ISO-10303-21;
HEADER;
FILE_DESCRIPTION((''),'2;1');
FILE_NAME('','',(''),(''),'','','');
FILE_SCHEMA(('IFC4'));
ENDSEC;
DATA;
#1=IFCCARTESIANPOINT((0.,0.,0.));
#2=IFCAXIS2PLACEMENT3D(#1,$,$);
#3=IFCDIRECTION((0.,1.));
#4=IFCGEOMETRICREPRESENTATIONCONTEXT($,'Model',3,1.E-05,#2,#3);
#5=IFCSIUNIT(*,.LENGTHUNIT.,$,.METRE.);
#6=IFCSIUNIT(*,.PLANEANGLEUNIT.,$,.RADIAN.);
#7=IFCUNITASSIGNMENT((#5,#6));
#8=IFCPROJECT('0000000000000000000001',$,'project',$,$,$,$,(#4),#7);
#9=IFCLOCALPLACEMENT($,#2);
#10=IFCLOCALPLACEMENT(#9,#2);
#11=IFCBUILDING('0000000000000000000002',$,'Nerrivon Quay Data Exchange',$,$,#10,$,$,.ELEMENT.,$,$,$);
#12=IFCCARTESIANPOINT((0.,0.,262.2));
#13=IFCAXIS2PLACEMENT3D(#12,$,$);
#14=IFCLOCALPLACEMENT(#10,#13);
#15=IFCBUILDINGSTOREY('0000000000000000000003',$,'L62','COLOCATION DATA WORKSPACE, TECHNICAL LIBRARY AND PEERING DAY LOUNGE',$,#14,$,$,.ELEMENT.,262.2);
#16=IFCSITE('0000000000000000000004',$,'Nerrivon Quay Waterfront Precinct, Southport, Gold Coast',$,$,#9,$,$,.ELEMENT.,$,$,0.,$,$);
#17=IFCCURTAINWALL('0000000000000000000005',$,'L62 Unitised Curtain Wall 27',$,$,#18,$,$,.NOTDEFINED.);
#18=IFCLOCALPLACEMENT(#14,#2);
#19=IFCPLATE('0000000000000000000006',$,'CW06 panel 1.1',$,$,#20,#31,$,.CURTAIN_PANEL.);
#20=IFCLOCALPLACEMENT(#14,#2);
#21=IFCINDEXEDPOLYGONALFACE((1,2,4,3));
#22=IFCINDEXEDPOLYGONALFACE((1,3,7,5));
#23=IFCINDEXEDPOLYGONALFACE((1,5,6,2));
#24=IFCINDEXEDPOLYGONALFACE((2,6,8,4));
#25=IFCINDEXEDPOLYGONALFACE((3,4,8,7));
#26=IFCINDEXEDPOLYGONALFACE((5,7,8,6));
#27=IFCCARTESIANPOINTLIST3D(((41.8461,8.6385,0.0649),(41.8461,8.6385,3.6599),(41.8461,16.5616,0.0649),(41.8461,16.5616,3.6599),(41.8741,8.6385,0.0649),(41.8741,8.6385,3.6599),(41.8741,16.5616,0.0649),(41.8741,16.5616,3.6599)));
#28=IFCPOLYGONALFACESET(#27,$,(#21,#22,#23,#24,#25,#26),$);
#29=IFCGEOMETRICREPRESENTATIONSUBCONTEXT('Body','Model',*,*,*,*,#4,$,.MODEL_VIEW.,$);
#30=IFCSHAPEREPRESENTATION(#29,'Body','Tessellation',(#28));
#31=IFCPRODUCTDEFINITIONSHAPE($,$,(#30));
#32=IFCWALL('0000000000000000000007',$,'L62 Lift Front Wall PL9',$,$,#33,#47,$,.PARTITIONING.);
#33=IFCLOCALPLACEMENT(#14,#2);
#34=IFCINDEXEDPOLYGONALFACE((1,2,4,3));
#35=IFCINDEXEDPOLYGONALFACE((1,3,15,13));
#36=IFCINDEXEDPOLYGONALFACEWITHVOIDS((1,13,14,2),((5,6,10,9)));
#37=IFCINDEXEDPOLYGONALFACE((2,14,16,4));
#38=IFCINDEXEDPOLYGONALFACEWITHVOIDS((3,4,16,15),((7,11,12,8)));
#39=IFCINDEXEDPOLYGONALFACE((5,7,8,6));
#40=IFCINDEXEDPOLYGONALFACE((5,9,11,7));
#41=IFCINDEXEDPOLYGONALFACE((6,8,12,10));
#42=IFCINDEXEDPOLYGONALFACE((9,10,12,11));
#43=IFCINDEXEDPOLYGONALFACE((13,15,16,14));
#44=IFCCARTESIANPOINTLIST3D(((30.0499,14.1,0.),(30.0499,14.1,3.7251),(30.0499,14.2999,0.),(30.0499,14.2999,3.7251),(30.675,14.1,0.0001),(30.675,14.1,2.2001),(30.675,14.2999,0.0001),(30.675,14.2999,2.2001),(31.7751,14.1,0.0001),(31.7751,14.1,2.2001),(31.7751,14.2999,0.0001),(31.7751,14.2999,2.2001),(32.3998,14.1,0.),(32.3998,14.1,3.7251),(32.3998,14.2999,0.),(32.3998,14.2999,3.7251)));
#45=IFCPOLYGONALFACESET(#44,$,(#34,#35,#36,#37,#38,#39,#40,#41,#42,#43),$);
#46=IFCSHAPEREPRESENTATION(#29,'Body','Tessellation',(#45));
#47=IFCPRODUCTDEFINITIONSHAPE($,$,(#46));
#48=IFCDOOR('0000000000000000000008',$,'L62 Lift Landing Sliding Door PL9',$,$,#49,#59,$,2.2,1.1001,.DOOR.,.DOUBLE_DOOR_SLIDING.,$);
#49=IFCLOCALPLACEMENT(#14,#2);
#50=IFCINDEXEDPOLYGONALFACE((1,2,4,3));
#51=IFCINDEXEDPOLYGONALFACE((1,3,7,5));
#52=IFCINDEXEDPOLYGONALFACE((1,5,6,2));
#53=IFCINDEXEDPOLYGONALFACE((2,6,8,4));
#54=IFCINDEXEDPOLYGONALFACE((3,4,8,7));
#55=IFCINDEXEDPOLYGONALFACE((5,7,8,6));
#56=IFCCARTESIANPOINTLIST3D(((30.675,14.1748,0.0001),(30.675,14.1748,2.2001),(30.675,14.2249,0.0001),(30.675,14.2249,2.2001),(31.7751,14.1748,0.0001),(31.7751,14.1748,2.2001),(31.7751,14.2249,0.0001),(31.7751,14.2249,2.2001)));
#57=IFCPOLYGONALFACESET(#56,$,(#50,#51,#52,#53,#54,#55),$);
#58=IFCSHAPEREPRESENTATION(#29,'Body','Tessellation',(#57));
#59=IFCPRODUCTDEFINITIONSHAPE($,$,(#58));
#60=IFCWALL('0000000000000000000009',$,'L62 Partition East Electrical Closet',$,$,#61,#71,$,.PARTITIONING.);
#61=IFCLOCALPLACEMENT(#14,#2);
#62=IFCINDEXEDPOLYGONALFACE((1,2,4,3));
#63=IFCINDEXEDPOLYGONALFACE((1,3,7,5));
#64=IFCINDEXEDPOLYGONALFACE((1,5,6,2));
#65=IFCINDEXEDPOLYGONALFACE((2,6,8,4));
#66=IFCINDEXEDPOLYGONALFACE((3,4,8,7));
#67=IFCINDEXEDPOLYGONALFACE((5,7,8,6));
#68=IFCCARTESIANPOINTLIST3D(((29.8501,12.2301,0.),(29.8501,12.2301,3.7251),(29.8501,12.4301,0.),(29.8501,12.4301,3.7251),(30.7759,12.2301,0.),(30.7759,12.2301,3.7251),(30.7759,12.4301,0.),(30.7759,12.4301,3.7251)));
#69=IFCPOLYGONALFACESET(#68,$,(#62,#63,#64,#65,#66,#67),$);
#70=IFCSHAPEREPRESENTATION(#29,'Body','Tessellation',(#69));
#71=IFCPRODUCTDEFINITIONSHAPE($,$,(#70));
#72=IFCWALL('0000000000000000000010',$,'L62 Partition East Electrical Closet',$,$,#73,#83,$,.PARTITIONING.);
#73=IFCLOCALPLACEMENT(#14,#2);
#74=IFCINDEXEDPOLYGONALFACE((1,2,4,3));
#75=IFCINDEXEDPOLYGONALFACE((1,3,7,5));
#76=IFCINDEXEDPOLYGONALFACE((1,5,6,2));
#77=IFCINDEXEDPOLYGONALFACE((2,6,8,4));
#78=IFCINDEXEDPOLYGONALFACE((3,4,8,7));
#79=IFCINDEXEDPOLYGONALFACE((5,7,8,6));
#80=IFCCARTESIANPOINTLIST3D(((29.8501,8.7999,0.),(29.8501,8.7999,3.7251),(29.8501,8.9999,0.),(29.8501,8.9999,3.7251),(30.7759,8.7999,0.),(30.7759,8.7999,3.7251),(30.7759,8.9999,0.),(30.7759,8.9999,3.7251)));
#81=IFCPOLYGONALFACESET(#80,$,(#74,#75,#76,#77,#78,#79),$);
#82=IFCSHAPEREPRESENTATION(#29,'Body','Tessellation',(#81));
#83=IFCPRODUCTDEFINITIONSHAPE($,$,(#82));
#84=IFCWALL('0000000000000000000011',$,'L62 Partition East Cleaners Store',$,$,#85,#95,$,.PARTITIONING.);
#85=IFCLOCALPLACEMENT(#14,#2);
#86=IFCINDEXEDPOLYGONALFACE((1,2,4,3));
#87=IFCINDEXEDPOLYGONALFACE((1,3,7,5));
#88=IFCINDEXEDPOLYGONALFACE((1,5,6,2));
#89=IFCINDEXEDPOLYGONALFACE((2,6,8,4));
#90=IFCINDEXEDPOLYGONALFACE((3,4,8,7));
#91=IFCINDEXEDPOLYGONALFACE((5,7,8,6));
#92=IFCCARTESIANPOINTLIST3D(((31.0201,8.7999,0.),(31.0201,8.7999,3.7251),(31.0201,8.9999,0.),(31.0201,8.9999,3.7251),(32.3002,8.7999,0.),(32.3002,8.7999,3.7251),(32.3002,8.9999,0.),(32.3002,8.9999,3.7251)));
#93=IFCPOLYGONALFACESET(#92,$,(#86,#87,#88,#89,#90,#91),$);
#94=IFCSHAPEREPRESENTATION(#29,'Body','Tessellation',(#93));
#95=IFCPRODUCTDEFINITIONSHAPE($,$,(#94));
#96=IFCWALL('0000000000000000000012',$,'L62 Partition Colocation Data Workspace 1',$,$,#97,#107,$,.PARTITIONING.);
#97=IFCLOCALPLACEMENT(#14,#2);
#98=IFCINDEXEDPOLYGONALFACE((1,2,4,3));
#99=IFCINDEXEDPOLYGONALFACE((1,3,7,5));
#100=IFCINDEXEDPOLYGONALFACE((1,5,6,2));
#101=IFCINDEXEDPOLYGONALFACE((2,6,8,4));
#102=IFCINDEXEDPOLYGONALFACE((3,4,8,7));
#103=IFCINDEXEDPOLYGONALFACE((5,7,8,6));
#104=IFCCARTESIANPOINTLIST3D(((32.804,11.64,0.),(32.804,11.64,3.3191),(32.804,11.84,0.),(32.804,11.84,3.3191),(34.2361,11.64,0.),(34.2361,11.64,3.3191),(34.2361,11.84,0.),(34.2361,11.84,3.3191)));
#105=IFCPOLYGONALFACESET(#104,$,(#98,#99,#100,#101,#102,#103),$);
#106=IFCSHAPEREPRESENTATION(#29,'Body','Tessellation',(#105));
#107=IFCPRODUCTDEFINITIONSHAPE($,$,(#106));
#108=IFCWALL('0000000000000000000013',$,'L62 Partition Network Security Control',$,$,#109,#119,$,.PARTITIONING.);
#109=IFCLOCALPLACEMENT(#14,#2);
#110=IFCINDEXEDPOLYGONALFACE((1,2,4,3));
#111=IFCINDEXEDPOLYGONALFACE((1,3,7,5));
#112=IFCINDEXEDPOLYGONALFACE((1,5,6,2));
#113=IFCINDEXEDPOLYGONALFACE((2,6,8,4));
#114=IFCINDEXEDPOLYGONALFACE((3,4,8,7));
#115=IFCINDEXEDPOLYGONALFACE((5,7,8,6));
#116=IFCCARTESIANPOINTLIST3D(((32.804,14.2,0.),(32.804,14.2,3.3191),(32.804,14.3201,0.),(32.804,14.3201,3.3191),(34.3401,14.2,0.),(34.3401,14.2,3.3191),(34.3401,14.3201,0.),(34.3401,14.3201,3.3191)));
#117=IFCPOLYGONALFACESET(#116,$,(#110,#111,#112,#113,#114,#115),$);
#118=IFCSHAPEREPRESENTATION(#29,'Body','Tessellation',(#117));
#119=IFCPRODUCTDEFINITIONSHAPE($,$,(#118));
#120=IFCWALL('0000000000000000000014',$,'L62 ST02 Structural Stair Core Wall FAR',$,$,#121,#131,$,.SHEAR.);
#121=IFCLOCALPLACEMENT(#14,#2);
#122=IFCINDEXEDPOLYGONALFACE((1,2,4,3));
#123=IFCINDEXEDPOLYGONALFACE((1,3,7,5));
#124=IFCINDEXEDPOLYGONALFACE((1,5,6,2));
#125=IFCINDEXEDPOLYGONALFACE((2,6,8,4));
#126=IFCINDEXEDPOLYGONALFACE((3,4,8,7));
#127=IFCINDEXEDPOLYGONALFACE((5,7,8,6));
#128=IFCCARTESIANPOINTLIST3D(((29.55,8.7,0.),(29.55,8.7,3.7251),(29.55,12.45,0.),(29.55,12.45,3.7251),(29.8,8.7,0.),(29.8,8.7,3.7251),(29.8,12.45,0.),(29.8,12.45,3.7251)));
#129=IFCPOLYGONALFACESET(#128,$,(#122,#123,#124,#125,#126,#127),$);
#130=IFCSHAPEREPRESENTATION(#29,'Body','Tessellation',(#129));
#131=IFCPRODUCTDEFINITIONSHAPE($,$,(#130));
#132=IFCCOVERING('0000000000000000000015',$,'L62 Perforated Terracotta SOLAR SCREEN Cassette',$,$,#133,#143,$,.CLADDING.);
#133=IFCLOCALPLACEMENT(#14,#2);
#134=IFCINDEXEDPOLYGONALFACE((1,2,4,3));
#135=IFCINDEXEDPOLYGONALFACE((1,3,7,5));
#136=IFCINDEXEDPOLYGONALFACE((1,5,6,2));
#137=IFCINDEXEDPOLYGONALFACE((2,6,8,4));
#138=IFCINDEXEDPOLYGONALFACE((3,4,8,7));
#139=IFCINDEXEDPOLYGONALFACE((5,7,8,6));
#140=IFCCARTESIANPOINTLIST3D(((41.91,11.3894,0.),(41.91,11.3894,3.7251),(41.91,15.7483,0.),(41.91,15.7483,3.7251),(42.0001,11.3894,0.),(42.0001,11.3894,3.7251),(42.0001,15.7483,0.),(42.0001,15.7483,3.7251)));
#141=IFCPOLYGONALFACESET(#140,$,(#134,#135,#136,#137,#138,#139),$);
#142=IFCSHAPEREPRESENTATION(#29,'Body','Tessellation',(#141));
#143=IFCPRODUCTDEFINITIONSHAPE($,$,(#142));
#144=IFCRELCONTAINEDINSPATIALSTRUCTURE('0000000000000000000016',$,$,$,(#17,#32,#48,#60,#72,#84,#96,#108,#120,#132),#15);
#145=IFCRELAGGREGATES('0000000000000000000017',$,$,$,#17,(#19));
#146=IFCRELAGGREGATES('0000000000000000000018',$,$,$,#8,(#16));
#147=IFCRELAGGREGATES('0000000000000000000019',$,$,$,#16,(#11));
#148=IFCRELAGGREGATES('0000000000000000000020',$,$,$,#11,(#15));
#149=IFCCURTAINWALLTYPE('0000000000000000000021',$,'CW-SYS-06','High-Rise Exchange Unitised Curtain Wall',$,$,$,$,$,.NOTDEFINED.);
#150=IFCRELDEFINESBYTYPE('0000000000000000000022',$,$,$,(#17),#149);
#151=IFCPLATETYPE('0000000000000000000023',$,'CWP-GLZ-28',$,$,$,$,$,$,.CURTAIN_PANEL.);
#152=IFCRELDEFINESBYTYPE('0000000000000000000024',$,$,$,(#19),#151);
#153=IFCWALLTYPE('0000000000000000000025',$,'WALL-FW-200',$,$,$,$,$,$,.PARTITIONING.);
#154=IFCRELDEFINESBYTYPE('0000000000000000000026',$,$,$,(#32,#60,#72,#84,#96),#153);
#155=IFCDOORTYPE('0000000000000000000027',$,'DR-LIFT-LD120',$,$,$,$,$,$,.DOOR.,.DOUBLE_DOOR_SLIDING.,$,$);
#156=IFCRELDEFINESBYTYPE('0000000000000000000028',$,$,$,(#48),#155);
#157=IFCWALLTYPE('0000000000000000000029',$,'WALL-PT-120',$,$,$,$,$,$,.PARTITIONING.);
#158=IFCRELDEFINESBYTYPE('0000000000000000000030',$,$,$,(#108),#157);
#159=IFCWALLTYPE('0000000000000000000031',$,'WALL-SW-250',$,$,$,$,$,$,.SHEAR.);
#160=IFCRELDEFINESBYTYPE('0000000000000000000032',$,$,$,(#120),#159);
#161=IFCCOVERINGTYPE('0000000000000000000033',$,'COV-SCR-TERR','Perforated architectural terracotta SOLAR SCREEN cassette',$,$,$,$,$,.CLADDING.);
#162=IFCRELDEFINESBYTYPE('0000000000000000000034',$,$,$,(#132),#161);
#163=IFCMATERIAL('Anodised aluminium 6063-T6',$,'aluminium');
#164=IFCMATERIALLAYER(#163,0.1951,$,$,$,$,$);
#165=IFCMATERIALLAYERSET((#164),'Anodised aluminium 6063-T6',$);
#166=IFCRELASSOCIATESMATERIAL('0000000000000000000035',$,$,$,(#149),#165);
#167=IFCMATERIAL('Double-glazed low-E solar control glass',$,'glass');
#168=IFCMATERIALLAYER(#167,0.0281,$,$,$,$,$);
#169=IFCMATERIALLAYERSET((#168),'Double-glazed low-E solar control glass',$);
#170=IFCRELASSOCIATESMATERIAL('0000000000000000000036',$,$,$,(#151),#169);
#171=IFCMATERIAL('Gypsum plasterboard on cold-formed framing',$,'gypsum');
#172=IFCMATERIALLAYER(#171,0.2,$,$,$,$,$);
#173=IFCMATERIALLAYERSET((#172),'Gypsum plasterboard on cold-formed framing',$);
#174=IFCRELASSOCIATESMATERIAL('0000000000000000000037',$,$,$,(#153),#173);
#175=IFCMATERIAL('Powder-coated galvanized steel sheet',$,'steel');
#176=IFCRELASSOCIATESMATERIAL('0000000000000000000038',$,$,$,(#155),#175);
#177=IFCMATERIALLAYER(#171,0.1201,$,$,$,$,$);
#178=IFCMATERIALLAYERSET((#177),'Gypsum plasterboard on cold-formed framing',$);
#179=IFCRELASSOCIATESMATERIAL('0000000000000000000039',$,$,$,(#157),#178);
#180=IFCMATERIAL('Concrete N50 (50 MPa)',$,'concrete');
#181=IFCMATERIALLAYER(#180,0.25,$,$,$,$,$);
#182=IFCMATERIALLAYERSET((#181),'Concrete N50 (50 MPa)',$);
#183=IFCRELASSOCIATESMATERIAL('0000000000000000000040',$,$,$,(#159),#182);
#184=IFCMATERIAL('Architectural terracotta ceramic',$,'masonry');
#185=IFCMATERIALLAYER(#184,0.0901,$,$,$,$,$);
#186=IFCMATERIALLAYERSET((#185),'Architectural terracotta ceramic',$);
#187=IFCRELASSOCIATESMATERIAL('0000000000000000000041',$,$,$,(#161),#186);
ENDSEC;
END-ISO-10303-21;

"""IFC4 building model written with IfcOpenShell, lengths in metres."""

from ifc_helpers import new_model, si_unit, direction, frame, frame_2d, origin, origin_2d, place, context, subcontext, project, spatial, rectangle, extrude, material, layer, layer_set, type_object, element, fill, aggregate, save


model = new_model("IFC4")

# Units and contexts
model_context = context("Model", 3, precision=1e-05, world=origin(), true_north=direction((0.0, 1.0)))
body_context = subcontext(model_context, "Body", "Model", "MODEL_VIEW")
ifc_project = project(units=[si_unit("LENGTHUNIT", "METRE"), si_unit("PLANEANGLEUNIT", "RADIAN")], contexts=[model_context])

# Site, building, storey
site_placement = place(None, origin())
site = spatial("IfcSite", under=ifc_project, at=site_placement, Name="Nerrivon Quay Waterfront Precinct, Southport, Gold Coast", CompositionType="ELEMENT", RefElevation=0.0)
building_placement = place(site_placement, origin())
building = spatial("IfcBuilding", under=site, at=building_placement, Name="Nerrivon Quay Data Exchange", CompositionType="ELEMENT")
storey_placement = place(building_placement, frame((0.0, 0.0, 262.2)))
storey = spatial("IfcBuildingStorey", under=building, at=storey_placement, Name="L62", Description="COLOCATION DATA WORKSPACE, TECHNICAL LIBRARY AND PEERING DAY LOUNGE", CompositionType="ELEMENT", Elevation=262.2)

# Shared definitions
ifc_material_1 = material(Name="Concrete N50 (50 MPa)", Category="concrete")

# Curtain wall
ifc_material_2 = material(Name="Anodised aluminium 6063-T6", Category="aluminium")
ifc_layer_1 = layer(ifc_material_2, 0.1951)
ifc_layer_set_1 = layer_set([ifc_layer_1], Name="Anodised aluminium 6063-T6")
curtain_wall_type = type_object("IfcCurtainWallType", Name="CW-SYS-06", Description="High-Rise Exchange Unitised Curtain Wall", PredefinedType="NOTDEFINED", material=ifc_layer_set_1)
curtain_wall_1_placement = place(storey_placement, origin())
curtain_wall_1 = element("IfcCurtainWall", 1, at=curtain_wall_1_placement, inside=storey, type_object=curtain_wall_type, Name="L62 Unitised Curtain Wall 27", PredefinedType="NOTDEFINED")

# Plate
ifc_material_3 = material(Name="Double-glazed low-E solar control glass", Category="glass")
ifc_layer_2 = layer(ifc_material_3, 0.0281)
ifc_layer_set_2 = layer_set([ifc_layer_2], Name="Double-glazed low-E solar control glass")
plate_type = type_object("IfcPlateType", Name="CWP-GLZ-28", PredefinedType="CURTAIN_PANEL", material=ifc_layer_set_2)
plate_placement = place(storey_placement, frame((41.8601, 12.6001, 0.0649), z_axis=(0.0, 0.0, 1.0), x_axis=(0.0, -1.0, 0.0)))
plate = element("IfcPlate", 2, at=plate_placement, type_object=plate_type, Name="CW06 panel 1.1", PredefinedType="CURTAIN_PANEL", context=body_context, shape_type="SweptSolid", body=[
    extrude(rectangle(XDim=7.9231, YDim=0.0281, at=origin_2d()), origin(), (0.0, 0.0, 1.0), 3.595),
])
aggregate(curtain_wall_1, [plate])

# Wall, opening, door
ifc_material_4 = material(Name="Powder-coated galvanized steel sheet", Category="steel")
ifc_material_5 = material(Name="Gypsum plasterboard on cold-formed framing", Category="gypsum")
ifc_layer_3 = layer(ifc_material_5, 0.2)
ifc_layer_set_3 = layer_set([ifc_layer_3], Name="Gypsum plasterboard on cold-formed framing")
wall_type_1 = type_object("IfcWallType", Name="WALL-FW-200", PredefinedType="PARTITIONING", material=ifc_layer_set_3)
wall_1_placement = place(storey_placement, frame((30.05, 14.2, 0.0), z_axis=(0.0, 0.0, 1.0), x_axis=(1.0, 0.0, 0.0)))
wall_1 = element("IfcWall", 3, at=wall_1_placement, inside=storey, type_object=wall_type_1, Name="L62 Lift Front Wall PL9", PredefinedType="PARTITIONING", context=body_context, shape_type="SweptSolid", body=[
    extrude(rectangle(XDim=2.3499, YDim=0.2, at=frame_2d((1.1748, 0.0))), origin(), (0.0, 0.0, 1.0), 3.7251),
])
opening_1_placement = place(wall_1_placement, frame((0.625, 0.0, 0.0)))
opening_1 = element("IfcOpeningElement", 4, at=opening_1_placement, cuts=wall_1, PredefinedType="OPENING", context=body_context, shape_type="SweptSolid", body=[
    extrude(rectangle(XDim=1.1001, YDim=2.2, at=frame_2d((0.55, 1.1001))), frame((0.0, 0.1099, 0.0), z_axis=(0.0, -1.0, 0.0), x_axis=(1.0, 0.0, 0.0)), (0.0, 0.0, 1.0), 0.22),
])
door_type_1 = type_object("IfcDoorType", Name="DR-LIFT-LD120", OperationType="DOUBLE_DOOR_SLIDING", PredefinedType="DOOR", material=ifc_material_4)
door_1_placement = place(opening_1_placement, origin())
door_1 = element("IfcDoor", 5, at=door_1_placement, inside=storey, type_object=door_type_1, Name="L62 Lift Landing Sliding Door PL9", OperationType="DOUBLE_DOOR_SLIDING", OverallHeight=2.2, OverallWidth=1.1001, PredefinedType="DOOR", context=body_context, shape_type="SweptSolid", body=[
    extrude(rectangle(XDim=1.1001, YDim=2.2, at=frame_2d((0.55, 1.1001))), frame((0.0, 0.0249, 0.0), z_axis=(0.0, -1.0, 0.0), x_axis=(1.0, 0.0, 0.0)), (0.0, 0.0, 1.0), 0.05),
])
fill(opening_1, door_1)

# Walls
for number, where, z_axis, x_axis, name in (
    (6, (30.7759, 12.3301, 0.0), (0.0, 0.0, 1.0), (-1.0, 0.0, 0.0), "L62 Partition East Electrical Closet"),
    (7, (29.8501, 8.8999, 0.0), (0.0, 0.0, 1.0), (1.0, 0.0, 0.0), "L62 Partition East Electrical Closet"),
):
    element("IfcWall", number, at=place(storey_placement, frame(where, z_axis=z_axis, x_axis=x_axis)), inside=storey, type_object=wall_type_1, Name=name, PredefinedType="PARTITIONING", context=body_context, shape_type="SweptSolid", body=[
        extrude(rectangle(XDim=0.9258, YDim=0.2, at=frame_2d((0.4629, 0.0))), origin(), (0.0, 0.0, 1.0), 3.7251),
    ])

# Walls
wall_2_placement = place(storey_placement, frame((31.02, 8.8999, 0.0), z_axis=(0.0, 0.0, 1.0), x_axis=(1.0, 0.0, 0.0)))
element("IfcWall", 8, at=wall_2_placement, inside=storey, type_object=wall_type_1, Name="L62 Partition East Cleaners Store", PredefinedType="PARTITIONING", context=body_context, shape_type="SweptSolid", body=[
    extrude(rectangle(XDim=1.28, YDim=0.2, at=frame_2d((0.6401, 0.0))), origin(), (0.0, 0.0, 1.0), 3.7251),
])
wall_3_placement = place(storey_placement, frame((34.2361, 11.74, 0.0), z_axis=(0.0, 0.0, 1.0), x_axis=(-1.0, 0.0, 0.0)))
element("IfcWall", 9, at=wall_3_placement, inside=storey, type_object=wall_type_1, Name="L62 Partition Colocation Data Workspace 1", PredefinedType="PARTITIONING", context=body_context, shape_type="SweptSolid", body=[
    extrude(rectangle(XDim=1.4321, YDim=0.2, at=frame_2d((0.7161, 0.0))), origin(), (0.0, 0.0, 1.0), 3.3191),
])
ifc_layer_4 = layer(ifc_material_5, 0.1201)
ifc_layer_set_4 = layer_set([ifc_layer_4], Name="Gypsum plasterboard on cold-formed framing")
wall_type_2 = type_object("IfcWallType", Name="WALL-PT-120", PredefinedType="PARTITIONING", material=ifc_layer_set_4)
wall_4_placement = place(storey_placement, frame((32.804, 14.26, 0.0), z_axis=(0.0, 0.0, 1.0), x_axis=(1.0, 0.0, 0.0)))
element("IfcWall", 10, at=wall_4_placement, inside=storey, type_object=wall_type_2, Name="L62 Partition Network Security Control", PredefinedType="PARTITIONING", context=body_context, shape_type="SweptSolid", body=[
    extrude(rectangle(XDim=1.5361, YDim=0.1201, at=frame_2d((0.7681, 0.0))), origin(), (0.0, 0.0, 1.0), 3.3191),
])
ifc_layer_5 = layer(ifc_material_1, 0.25)
ifc_layer_set_5 = layer_set([ifc_layer_5], Name="Concrete N50 (50 MPa)")
wall_type_3 = type_object("IfcWallType", Name="WALL-SW-250", PredefinedType="SHEAR", material=ifc_layer_set_5)
wall_5_placement = place(storey_placement, frame((29.675, 8.7, 0.0), z_axis=(0.0, 0.0, 1.0), x_axis=(0.0, 1.0, 0.0)))
element("IfcWall", 11, at=wall_5_placement, inside=storey, type_object=wall_type_3, Name="L62 ST02 Structural Stair Core Wall FAR", PredefinedType="SHEAR", context=body_context, shape_type="SweptSolid", body=[
    extrude(rectangle(XDim=3.75, YDim=0.25, at=frame_2d((1.875, 0.0))), origin(), (0.0, 0.0, 1.0), 3.7251),
])

# Covering
ifc_material_6 = material(Name="Architectural terracotta ceramic", Category="masonry")
ifc_layer_6 = layer(ifc_material_6, 0.0901)
ifc_layer_set_6 = layer_set([ifc_layer_6], Name="Architectural terracotta ceramic")
covering_type = type_object("IfcCoveringType", Name="COV-SCR-TERR", Description="Perforated architectural terracotta SOLAR SCREEN cassette", PredefinedType="CLADDING", material=ifc_layer_set_6)
covering_placement = place(storey_placement, frame((41.9551, 13.5688, 0.0), z_axis=(0.0, 0.0, 1.0), x_axis=(0.0, -1.0, 0.0)))
element("IfcCovering", 12, at=covering_placement, inside=storey, type_object=covering_type, Name="L62 Perforated Terracotta SOLAR SCREEN Cassette", PredefinedType="CLADDING", context=body_context, shape_type="SweptSolid", body=[
    extrude(rectangle(XDim=4.3589, YDim=0.0901, at=origin_2d()), origin(), (0.0, 0.0, 1.0), 3.7251),
])

save(model, "model.ifc")
